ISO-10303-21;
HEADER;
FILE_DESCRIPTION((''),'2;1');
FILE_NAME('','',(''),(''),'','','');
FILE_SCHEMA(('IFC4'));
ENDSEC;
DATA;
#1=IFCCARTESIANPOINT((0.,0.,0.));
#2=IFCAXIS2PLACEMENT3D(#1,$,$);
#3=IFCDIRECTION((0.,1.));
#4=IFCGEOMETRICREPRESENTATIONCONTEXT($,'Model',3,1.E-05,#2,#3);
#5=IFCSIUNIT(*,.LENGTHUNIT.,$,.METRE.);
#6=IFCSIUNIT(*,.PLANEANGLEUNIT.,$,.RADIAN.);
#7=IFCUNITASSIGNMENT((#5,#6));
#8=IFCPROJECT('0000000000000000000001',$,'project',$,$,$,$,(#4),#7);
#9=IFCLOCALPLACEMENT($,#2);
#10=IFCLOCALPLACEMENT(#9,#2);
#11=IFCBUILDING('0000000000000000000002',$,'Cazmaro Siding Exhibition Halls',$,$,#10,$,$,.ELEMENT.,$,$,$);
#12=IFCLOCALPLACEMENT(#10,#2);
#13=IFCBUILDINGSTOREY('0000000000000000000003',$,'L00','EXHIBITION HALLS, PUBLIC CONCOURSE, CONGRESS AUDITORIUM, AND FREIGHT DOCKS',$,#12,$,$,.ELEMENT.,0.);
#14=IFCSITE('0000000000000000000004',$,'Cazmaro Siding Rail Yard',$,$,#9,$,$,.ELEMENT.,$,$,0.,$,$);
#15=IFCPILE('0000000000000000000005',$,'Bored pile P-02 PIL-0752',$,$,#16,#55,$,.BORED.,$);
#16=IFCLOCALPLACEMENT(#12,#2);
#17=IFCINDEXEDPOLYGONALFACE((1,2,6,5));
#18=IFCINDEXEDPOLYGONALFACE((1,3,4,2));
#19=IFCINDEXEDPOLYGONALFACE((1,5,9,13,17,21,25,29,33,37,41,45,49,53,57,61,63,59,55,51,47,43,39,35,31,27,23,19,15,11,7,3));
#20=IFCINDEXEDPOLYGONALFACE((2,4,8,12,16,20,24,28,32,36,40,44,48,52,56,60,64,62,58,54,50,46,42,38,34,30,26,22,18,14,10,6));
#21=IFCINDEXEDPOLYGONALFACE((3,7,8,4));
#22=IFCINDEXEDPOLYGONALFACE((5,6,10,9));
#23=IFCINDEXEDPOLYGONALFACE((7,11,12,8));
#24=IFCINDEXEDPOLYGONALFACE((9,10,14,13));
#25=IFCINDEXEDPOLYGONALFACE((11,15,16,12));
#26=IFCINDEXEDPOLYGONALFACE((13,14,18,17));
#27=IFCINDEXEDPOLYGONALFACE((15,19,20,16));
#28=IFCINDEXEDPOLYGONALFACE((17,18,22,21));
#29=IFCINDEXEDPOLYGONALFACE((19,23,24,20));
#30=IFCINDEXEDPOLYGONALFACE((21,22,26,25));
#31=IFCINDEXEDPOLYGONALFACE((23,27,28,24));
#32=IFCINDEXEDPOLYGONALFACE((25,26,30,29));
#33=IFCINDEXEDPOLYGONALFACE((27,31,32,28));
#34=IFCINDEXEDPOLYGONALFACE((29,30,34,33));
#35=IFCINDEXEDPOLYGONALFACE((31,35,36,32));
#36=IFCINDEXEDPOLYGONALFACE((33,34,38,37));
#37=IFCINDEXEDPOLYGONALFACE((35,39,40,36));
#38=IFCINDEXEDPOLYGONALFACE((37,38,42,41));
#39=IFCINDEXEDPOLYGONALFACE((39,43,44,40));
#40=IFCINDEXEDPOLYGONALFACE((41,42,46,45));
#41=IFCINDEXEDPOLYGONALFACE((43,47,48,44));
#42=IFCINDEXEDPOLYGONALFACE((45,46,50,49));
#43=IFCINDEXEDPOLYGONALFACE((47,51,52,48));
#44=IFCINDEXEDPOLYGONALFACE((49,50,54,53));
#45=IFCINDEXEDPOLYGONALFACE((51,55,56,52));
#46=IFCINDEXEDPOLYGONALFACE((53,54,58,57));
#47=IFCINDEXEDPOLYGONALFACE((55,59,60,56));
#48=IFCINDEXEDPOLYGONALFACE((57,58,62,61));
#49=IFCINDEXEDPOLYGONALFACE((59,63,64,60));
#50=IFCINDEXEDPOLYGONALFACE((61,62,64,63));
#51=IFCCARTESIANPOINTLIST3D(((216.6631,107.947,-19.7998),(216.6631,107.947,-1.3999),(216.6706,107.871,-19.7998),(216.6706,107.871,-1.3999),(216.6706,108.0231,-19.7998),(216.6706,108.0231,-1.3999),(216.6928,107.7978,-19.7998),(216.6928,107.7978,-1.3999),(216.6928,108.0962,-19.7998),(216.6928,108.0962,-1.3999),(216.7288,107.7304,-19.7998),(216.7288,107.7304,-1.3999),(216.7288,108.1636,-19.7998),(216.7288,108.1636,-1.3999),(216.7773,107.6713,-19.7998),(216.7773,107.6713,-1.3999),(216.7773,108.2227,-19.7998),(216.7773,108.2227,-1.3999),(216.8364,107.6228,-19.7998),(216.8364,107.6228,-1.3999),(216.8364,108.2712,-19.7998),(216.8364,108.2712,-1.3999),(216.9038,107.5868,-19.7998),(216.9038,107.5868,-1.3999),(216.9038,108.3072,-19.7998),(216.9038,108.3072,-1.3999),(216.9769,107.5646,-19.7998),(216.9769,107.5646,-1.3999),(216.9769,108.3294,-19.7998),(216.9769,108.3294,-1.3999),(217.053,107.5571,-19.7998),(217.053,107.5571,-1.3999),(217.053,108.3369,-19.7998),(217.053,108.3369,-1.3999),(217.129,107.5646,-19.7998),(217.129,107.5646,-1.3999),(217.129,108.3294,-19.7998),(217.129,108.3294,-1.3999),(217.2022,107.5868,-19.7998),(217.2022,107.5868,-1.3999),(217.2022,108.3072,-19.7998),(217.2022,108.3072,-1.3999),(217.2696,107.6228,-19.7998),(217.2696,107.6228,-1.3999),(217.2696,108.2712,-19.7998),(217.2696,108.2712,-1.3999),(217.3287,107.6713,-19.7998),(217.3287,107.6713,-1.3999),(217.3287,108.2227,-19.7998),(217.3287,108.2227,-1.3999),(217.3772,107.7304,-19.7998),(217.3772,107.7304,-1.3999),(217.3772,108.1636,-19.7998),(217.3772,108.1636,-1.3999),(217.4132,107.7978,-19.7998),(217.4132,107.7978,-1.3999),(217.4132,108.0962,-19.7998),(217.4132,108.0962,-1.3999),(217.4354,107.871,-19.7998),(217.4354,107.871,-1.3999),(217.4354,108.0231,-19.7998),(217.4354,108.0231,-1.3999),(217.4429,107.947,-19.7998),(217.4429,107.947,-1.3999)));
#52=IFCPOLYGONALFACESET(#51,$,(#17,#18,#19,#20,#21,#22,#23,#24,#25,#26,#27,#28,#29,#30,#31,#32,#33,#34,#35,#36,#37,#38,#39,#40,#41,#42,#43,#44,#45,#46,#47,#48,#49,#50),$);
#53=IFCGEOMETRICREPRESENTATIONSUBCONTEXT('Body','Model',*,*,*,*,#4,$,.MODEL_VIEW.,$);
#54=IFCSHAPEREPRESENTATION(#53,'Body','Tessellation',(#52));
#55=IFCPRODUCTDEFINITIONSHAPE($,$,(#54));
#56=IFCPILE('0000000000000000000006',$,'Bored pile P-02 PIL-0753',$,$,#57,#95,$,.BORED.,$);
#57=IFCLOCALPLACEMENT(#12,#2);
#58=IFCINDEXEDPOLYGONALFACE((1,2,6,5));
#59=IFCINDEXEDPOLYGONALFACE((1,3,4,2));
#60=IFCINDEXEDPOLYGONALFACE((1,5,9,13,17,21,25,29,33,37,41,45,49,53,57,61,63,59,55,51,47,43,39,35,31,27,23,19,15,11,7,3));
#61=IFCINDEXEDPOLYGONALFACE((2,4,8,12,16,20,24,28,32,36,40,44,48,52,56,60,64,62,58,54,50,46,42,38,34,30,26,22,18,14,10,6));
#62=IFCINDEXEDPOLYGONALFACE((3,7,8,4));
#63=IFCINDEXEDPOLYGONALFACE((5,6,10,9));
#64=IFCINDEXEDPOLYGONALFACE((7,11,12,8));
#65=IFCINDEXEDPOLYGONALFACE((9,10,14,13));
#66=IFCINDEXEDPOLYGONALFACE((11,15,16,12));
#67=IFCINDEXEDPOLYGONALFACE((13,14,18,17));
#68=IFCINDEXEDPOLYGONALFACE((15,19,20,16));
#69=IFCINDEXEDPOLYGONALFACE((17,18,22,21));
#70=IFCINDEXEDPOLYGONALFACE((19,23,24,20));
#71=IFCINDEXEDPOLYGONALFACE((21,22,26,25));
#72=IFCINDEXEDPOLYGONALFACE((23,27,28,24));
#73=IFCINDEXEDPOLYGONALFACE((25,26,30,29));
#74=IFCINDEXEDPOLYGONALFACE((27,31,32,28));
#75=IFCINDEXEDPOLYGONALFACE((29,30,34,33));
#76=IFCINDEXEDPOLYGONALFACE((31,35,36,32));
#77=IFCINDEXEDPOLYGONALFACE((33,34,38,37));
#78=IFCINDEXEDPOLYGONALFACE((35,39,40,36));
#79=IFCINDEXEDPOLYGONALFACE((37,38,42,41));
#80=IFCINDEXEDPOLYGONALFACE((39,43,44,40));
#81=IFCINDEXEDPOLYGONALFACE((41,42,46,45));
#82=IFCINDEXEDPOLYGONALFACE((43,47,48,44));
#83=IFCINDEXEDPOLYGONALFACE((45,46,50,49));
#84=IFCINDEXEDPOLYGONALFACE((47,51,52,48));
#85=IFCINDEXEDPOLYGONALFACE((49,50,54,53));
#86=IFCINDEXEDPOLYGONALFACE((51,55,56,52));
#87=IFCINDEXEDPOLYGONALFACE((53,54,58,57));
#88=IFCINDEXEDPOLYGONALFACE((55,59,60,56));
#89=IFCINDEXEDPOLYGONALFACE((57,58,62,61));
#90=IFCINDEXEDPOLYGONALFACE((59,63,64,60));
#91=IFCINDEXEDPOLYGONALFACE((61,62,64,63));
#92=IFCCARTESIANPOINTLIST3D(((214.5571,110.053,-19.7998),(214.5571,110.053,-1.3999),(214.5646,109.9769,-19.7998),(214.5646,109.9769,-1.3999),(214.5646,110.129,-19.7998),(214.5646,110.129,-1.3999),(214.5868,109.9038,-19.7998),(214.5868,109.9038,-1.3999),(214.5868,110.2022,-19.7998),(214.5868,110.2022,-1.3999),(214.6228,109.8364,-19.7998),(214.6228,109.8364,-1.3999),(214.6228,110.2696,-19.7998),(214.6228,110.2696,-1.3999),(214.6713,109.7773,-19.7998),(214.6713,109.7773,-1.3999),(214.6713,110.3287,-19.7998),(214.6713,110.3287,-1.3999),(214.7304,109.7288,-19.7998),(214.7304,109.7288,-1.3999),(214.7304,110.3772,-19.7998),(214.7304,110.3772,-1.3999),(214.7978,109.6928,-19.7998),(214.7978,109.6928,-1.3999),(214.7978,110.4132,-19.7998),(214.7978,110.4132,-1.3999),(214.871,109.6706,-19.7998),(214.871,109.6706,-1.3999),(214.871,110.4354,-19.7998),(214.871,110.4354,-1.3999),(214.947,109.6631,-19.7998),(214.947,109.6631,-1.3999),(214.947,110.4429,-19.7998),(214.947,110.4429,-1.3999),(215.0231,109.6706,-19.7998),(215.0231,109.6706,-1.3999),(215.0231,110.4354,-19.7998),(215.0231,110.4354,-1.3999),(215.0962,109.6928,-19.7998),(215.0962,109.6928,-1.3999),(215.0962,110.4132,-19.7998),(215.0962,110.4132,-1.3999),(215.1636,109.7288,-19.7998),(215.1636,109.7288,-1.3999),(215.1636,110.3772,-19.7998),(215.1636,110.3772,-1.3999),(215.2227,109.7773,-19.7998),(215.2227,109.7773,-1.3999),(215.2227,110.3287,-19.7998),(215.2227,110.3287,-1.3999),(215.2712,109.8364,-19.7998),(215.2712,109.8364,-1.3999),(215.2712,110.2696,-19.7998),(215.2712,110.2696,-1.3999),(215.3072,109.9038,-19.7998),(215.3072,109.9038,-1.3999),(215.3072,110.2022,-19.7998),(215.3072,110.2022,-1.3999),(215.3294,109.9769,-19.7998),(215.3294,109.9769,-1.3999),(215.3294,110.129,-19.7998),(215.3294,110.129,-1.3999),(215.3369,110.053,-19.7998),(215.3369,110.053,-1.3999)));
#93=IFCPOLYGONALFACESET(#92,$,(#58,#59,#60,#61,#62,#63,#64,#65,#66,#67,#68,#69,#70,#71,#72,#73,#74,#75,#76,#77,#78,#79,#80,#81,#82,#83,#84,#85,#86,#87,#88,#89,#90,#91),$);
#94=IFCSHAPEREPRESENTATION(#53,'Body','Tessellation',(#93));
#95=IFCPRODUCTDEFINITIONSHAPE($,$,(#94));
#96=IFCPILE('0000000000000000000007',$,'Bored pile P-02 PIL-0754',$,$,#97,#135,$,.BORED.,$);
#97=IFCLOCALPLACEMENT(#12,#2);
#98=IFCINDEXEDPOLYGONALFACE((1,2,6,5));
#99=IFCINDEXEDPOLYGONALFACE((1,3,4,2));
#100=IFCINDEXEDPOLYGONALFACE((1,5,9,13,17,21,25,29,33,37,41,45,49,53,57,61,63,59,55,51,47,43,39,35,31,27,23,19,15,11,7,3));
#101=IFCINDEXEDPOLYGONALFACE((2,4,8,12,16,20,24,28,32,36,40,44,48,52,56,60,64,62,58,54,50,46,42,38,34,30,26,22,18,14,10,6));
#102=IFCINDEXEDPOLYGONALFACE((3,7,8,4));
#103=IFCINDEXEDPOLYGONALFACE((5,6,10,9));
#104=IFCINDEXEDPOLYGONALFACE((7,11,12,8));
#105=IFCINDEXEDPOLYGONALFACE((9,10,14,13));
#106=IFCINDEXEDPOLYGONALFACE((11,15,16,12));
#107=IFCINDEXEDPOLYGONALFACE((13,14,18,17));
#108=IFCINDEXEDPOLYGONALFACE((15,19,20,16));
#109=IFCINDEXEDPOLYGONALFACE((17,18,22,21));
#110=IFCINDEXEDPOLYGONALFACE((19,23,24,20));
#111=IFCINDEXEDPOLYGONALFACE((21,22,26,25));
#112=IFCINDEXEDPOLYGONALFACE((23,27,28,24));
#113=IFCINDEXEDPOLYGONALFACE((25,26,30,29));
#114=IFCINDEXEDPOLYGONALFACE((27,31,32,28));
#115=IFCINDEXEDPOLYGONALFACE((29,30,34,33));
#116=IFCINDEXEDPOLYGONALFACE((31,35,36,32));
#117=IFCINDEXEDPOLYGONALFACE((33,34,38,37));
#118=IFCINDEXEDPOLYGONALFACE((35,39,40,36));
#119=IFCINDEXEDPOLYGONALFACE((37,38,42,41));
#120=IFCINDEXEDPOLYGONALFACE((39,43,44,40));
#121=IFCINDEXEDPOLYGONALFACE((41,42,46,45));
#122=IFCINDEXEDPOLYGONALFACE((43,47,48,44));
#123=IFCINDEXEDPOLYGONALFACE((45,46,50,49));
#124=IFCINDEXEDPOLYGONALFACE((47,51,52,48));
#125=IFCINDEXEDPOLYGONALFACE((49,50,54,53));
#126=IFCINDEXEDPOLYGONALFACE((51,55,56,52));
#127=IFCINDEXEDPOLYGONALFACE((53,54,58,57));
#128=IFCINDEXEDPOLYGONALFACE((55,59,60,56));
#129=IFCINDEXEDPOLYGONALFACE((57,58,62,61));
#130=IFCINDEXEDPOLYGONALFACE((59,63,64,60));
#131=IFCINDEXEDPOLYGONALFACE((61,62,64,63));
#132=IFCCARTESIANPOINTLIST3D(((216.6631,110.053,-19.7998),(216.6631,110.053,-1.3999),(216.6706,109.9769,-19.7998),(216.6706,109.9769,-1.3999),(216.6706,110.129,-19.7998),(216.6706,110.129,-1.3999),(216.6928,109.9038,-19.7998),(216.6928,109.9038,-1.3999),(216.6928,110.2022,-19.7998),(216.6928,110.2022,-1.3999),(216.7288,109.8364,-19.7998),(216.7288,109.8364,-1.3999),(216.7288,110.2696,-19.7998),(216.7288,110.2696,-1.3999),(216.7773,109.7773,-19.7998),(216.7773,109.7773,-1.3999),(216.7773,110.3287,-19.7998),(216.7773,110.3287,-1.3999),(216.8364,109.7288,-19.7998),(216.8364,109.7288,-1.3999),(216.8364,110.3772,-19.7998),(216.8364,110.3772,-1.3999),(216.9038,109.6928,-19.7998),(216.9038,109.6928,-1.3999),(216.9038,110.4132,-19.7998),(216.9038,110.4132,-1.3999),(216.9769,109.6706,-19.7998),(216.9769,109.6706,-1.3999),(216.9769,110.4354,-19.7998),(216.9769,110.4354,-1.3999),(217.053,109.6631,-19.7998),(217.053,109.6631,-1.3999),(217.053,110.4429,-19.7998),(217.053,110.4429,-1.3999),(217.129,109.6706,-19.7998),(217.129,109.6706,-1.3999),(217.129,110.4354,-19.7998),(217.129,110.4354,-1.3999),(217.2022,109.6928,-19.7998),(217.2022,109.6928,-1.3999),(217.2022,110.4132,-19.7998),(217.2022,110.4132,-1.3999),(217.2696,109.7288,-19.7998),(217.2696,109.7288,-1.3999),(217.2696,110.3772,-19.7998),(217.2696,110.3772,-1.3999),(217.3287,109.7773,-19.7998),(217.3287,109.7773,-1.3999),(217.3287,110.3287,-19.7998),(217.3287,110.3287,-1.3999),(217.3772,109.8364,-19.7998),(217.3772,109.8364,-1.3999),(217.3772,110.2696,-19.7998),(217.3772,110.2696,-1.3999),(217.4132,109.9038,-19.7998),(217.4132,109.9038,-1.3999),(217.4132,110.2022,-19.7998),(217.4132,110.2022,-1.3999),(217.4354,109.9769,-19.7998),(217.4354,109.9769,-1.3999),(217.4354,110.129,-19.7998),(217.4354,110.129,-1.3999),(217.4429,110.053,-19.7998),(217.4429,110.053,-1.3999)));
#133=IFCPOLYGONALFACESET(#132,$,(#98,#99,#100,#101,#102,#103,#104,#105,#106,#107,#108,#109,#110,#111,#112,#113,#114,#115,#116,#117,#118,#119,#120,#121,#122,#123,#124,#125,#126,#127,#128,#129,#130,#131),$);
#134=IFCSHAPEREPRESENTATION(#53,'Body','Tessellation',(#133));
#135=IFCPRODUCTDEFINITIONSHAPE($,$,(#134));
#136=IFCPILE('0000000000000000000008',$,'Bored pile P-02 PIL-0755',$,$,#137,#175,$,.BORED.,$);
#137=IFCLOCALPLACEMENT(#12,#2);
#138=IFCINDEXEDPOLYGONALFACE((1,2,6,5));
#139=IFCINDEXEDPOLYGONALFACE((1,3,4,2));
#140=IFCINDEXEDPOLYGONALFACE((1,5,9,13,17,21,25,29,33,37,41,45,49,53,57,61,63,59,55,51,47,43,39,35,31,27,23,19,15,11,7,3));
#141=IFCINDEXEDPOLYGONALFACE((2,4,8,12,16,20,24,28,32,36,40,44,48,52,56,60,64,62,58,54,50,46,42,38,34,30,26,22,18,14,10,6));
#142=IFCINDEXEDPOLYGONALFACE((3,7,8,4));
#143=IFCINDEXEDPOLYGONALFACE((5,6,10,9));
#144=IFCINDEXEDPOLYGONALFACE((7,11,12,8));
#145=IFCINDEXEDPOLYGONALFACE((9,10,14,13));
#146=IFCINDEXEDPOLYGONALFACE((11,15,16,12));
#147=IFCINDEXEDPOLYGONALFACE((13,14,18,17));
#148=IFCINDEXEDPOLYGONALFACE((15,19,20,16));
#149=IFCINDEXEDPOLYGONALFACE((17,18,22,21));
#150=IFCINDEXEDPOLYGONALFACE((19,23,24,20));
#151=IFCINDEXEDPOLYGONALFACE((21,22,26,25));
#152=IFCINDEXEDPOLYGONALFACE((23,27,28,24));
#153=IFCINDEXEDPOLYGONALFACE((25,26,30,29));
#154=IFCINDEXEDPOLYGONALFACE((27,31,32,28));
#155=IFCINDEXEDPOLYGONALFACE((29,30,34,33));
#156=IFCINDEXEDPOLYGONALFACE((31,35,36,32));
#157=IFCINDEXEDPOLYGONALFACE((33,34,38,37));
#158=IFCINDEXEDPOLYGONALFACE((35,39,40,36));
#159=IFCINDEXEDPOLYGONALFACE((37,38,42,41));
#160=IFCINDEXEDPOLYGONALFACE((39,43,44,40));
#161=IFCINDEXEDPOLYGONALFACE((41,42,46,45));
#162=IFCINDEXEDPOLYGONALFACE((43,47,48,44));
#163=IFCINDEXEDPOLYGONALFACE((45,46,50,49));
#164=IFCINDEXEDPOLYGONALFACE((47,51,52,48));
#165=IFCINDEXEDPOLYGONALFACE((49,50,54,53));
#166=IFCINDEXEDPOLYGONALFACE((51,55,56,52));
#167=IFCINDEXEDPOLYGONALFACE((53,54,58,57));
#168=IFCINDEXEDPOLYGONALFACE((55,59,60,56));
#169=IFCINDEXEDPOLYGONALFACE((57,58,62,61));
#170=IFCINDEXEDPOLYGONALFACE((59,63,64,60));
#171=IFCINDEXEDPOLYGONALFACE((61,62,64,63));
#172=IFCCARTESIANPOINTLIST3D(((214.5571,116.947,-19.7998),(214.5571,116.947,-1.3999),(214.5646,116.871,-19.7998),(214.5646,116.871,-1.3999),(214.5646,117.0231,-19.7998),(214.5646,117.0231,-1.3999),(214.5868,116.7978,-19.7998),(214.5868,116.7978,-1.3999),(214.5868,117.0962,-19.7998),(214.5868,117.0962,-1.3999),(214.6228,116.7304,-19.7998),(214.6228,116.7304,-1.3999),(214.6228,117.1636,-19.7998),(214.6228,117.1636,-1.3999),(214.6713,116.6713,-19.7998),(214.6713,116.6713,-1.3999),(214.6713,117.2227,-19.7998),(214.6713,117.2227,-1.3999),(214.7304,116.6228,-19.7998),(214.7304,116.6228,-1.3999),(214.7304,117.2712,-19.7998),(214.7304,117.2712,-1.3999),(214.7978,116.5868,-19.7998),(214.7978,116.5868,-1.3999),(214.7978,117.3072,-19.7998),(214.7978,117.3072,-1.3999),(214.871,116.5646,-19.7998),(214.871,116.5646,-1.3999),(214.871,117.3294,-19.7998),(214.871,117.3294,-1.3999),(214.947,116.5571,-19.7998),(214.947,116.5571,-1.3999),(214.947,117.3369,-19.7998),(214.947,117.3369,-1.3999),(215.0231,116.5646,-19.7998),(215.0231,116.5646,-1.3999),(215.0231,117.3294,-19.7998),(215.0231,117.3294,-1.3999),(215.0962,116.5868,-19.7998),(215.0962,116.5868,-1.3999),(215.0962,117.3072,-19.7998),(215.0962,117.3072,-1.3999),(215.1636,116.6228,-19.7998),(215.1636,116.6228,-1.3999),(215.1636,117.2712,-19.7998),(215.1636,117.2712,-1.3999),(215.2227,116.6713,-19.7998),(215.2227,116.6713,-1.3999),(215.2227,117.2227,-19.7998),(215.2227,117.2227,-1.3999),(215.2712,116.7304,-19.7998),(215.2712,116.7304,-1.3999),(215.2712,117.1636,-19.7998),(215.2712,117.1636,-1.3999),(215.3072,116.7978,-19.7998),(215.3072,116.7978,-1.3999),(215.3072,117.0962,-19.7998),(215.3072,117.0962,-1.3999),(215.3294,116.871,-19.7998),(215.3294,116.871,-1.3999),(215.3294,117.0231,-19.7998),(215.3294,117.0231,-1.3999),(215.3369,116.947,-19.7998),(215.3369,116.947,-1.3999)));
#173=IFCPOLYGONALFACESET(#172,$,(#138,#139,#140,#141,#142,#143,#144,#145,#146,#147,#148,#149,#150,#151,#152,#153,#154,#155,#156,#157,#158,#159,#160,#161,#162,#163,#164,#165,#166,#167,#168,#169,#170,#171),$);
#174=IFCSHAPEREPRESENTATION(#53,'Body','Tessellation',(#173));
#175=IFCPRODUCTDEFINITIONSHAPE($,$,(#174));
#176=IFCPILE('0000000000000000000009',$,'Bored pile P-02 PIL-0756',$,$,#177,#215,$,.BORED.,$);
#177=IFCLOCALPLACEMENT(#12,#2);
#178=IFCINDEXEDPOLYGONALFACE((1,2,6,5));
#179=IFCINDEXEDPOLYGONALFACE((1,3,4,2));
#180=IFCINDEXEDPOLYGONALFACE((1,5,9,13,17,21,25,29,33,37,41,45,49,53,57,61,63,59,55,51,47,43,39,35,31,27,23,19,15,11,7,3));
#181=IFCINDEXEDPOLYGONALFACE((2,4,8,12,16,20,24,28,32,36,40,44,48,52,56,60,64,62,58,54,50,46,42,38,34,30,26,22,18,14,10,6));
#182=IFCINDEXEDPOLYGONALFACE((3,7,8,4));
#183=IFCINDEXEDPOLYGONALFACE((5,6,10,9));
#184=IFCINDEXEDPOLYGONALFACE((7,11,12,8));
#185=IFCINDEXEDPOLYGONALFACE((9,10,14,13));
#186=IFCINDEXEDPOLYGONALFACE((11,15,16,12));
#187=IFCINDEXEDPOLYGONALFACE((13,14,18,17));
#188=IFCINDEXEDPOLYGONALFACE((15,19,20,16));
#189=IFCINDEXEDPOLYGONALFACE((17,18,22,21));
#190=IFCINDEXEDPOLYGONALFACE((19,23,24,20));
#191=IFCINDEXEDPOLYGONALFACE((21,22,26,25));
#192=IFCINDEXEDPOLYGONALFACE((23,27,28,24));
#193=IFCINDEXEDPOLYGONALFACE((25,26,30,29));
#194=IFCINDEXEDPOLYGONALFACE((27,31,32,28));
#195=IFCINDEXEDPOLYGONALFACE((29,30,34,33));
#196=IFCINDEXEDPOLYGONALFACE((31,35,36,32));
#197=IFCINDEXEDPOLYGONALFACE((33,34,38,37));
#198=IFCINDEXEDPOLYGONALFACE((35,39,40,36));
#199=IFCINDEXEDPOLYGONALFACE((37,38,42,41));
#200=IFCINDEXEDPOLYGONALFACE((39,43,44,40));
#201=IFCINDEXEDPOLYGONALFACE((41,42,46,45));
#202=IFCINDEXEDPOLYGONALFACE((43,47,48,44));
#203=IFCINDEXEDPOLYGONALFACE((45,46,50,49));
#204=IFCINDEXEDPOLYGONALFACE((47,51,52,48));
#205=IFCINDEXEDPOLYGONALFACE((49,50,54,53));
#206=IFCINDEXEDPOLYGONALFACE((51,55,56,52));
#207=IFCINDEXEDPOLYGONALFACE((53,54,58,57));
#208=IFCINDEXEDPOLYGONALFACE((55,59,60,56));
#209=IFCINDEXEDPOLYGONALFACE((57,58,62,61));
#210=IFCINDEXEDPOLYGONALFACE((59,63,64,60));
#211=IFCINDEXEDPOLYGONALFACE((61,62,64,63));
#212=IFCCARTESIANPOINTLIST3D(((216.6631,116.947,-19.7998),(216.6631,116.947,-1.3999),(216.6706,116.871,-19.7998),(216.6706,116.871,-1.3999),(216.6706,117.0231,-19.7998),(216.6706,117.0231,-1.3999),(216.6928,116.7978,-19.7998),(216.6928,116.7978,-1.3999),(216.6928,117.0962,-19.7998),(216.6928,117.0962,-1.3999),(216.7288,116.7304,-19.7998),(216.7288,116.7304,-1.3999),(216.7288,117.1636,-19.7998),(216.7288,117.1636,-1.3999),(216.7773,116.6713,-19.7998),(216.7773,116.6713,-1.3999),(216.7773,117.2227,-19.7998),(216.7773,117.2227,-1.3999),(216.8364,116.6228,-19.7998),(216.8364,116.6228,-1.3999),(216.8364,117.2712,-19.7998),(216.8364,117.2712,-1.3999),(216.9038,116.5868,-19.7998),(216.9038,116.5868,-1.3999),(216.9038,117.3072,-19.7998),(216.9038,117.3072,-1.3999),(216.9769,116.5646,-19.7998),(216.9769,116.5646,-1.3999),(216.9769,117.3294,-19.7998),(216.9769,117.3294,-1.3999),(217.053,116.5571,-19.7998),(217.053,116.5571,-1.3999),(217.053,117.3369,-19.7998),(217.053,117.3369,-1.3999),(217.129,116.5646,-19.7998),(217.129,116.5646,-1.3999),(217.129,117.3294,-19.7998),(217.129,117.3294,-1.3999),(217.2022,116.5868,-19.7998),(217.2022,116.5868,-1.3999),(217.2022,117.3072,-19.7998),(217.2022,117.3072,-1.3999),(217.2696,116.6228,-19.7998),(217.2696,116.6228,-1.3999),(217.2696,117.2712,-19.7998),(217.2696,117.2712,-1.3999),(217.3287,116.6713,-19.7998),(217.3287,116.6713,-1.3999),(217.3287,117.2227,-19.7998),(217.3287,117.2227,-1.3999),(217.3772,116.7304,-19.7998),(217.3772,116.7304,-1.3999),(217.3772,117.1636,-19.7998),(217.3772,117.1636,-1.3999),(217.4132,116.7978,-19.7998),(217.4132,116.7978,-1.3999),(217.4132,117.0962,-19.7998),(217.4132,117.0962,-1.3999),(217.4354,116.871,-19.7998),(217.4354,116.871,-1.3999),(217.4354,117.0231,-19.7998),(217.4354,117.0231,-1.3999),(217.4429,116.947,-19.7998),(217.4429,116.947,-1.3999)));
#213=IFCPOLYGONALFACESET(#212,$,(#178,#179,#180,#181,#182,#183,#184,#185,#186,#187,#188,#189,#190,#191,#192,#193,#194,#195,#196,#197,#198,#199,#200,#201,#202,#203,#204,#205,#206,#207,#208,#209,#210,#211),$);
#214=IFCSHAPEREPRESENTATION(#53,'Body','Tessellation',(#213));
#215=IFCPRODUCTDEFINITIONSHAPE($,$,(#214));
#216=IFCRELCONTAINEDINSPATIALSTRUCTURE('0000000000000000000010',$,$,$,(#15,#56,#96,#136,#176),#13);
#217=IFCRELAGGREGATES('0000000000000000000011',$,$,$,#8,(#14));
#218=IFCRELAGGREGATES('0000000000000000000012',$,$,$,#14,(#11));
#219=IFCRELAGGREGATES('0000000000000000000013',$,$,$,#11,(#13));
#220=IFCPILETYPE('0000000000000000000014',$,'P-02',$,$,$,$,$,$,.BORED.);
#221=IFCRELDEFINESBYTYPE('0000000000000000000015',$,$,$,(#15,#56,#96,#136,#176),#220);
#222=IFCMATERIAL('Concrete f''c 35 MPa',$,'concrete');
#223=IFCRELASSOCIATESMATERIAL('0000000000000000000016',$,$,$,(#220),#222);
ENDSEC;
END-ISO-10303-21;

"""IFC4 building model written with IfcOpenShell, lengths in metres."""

from ifc_helpers import new_model, si_unit, direction, frame, origin, origin_2d, place, context, subcontext, project, spatial, circle, extrude, material, material_profile, profile_set, type_object, element, save


model = new_model("IFC4")

# Units and contexts
model_context = context("Model", 3, precision=1e-05, world=origin(), true_north=direction((0.0, 1.0)))
body_context = subcontext(model_context, "Body", "Model", "MODEL_VIEW")
ifc_project = project(units=[si_unit("LENGTHUNIT", "METRE"), si_unit("PLANEANGLEUNIT", "RADIAN")], contexts=[model_context])

# Site, building, storey
site_placement = place(None, origin())
site = spatial("IfcSite", under=ifc_project, at=site_placement, Name="Cazmaro Siding Rail Yard", CompositionType="ELEMENT", RefElevation=0.0)
building_placement = place(site_placement, origin())
building = spatial("IfcBuilding", under=site, at=building_placement, Name="Cazmaro Siding Exhibition Halls", CompositionType="ELEMENT")
storey_placement = place(building_placement, origin())
storey = spatial("IfcBuildingStorey", under=building, at=storey_placement, Name="L00", Description="EXHIBITION HALLS, PUBLIC CONCOURSE, CONGRESS AUDITORIUM, AND FREIGHT DOCKS", CompositionType="ELEMENT", Elevation=0.0)

# Piles
ifc_material_1 = material(Name="Concrete f'c 35 MPa", Category="concrete")
ifc_material_profile_1 = material_profile(ifc_material_1, circle(Radius=0.3899, at=origin_2d()), Name="CIDH-780")
ifc_profile_set_1 = profile_set([ifc_material_profile_1], Name="Concrete f'c 35 MPa")
pile_type = type_object("IfcPileType", Name="P-02", PredefinedType="BORED", material=ifc_profile_set_1)
for number, where, z_axis, x_axis, name in (
    (1, (217.053, 107.947, -1.3999), (0.0, 0.0, -1.0), (1.0, 0.0, 0.0), "Bored pile P-02 PIL-0752"),
    (2, (214.947, 110.053, -1.3999), (0.0, 0.0, -1.0), (1.0, 0.0, 0.0), "Bored pile P-02 PIL-0753"),
    (3, (217.053, 110.053, -1.3999), (0.0, 0.0, -1.0), (1.0, 0.0, 0.0), "Bored pile P-02 PIL-0754"),
    (4, (214.947, 116.947, -1.3999), (0.0, 0.0, -1.0), (1.0, 0.0, 0.0), "Bored pile P-02 PIL-0755"),
    (5, (217.053, 116.947, -1.3999), (0.0, 0.0, -1.0), (1.0, 0.0, 0.0), "Bored pile P-02 PIL-0756"),
):
    element("IfcPile", number, at=place(storey_placement, frame(where, z_axis=z_axis, x_axis=x_axis)), inside=storey, type_object=pile_type, Name=name, PredefinedType="BORED", context=body_context, shape_type="SweptSolid", body=[
        extrude(circle(Radius=0.3899, at=origin_2d()), origin(), (0.0, 0.0, 1.0), 18.3999),
    ])

save(model, "model.ifc")
